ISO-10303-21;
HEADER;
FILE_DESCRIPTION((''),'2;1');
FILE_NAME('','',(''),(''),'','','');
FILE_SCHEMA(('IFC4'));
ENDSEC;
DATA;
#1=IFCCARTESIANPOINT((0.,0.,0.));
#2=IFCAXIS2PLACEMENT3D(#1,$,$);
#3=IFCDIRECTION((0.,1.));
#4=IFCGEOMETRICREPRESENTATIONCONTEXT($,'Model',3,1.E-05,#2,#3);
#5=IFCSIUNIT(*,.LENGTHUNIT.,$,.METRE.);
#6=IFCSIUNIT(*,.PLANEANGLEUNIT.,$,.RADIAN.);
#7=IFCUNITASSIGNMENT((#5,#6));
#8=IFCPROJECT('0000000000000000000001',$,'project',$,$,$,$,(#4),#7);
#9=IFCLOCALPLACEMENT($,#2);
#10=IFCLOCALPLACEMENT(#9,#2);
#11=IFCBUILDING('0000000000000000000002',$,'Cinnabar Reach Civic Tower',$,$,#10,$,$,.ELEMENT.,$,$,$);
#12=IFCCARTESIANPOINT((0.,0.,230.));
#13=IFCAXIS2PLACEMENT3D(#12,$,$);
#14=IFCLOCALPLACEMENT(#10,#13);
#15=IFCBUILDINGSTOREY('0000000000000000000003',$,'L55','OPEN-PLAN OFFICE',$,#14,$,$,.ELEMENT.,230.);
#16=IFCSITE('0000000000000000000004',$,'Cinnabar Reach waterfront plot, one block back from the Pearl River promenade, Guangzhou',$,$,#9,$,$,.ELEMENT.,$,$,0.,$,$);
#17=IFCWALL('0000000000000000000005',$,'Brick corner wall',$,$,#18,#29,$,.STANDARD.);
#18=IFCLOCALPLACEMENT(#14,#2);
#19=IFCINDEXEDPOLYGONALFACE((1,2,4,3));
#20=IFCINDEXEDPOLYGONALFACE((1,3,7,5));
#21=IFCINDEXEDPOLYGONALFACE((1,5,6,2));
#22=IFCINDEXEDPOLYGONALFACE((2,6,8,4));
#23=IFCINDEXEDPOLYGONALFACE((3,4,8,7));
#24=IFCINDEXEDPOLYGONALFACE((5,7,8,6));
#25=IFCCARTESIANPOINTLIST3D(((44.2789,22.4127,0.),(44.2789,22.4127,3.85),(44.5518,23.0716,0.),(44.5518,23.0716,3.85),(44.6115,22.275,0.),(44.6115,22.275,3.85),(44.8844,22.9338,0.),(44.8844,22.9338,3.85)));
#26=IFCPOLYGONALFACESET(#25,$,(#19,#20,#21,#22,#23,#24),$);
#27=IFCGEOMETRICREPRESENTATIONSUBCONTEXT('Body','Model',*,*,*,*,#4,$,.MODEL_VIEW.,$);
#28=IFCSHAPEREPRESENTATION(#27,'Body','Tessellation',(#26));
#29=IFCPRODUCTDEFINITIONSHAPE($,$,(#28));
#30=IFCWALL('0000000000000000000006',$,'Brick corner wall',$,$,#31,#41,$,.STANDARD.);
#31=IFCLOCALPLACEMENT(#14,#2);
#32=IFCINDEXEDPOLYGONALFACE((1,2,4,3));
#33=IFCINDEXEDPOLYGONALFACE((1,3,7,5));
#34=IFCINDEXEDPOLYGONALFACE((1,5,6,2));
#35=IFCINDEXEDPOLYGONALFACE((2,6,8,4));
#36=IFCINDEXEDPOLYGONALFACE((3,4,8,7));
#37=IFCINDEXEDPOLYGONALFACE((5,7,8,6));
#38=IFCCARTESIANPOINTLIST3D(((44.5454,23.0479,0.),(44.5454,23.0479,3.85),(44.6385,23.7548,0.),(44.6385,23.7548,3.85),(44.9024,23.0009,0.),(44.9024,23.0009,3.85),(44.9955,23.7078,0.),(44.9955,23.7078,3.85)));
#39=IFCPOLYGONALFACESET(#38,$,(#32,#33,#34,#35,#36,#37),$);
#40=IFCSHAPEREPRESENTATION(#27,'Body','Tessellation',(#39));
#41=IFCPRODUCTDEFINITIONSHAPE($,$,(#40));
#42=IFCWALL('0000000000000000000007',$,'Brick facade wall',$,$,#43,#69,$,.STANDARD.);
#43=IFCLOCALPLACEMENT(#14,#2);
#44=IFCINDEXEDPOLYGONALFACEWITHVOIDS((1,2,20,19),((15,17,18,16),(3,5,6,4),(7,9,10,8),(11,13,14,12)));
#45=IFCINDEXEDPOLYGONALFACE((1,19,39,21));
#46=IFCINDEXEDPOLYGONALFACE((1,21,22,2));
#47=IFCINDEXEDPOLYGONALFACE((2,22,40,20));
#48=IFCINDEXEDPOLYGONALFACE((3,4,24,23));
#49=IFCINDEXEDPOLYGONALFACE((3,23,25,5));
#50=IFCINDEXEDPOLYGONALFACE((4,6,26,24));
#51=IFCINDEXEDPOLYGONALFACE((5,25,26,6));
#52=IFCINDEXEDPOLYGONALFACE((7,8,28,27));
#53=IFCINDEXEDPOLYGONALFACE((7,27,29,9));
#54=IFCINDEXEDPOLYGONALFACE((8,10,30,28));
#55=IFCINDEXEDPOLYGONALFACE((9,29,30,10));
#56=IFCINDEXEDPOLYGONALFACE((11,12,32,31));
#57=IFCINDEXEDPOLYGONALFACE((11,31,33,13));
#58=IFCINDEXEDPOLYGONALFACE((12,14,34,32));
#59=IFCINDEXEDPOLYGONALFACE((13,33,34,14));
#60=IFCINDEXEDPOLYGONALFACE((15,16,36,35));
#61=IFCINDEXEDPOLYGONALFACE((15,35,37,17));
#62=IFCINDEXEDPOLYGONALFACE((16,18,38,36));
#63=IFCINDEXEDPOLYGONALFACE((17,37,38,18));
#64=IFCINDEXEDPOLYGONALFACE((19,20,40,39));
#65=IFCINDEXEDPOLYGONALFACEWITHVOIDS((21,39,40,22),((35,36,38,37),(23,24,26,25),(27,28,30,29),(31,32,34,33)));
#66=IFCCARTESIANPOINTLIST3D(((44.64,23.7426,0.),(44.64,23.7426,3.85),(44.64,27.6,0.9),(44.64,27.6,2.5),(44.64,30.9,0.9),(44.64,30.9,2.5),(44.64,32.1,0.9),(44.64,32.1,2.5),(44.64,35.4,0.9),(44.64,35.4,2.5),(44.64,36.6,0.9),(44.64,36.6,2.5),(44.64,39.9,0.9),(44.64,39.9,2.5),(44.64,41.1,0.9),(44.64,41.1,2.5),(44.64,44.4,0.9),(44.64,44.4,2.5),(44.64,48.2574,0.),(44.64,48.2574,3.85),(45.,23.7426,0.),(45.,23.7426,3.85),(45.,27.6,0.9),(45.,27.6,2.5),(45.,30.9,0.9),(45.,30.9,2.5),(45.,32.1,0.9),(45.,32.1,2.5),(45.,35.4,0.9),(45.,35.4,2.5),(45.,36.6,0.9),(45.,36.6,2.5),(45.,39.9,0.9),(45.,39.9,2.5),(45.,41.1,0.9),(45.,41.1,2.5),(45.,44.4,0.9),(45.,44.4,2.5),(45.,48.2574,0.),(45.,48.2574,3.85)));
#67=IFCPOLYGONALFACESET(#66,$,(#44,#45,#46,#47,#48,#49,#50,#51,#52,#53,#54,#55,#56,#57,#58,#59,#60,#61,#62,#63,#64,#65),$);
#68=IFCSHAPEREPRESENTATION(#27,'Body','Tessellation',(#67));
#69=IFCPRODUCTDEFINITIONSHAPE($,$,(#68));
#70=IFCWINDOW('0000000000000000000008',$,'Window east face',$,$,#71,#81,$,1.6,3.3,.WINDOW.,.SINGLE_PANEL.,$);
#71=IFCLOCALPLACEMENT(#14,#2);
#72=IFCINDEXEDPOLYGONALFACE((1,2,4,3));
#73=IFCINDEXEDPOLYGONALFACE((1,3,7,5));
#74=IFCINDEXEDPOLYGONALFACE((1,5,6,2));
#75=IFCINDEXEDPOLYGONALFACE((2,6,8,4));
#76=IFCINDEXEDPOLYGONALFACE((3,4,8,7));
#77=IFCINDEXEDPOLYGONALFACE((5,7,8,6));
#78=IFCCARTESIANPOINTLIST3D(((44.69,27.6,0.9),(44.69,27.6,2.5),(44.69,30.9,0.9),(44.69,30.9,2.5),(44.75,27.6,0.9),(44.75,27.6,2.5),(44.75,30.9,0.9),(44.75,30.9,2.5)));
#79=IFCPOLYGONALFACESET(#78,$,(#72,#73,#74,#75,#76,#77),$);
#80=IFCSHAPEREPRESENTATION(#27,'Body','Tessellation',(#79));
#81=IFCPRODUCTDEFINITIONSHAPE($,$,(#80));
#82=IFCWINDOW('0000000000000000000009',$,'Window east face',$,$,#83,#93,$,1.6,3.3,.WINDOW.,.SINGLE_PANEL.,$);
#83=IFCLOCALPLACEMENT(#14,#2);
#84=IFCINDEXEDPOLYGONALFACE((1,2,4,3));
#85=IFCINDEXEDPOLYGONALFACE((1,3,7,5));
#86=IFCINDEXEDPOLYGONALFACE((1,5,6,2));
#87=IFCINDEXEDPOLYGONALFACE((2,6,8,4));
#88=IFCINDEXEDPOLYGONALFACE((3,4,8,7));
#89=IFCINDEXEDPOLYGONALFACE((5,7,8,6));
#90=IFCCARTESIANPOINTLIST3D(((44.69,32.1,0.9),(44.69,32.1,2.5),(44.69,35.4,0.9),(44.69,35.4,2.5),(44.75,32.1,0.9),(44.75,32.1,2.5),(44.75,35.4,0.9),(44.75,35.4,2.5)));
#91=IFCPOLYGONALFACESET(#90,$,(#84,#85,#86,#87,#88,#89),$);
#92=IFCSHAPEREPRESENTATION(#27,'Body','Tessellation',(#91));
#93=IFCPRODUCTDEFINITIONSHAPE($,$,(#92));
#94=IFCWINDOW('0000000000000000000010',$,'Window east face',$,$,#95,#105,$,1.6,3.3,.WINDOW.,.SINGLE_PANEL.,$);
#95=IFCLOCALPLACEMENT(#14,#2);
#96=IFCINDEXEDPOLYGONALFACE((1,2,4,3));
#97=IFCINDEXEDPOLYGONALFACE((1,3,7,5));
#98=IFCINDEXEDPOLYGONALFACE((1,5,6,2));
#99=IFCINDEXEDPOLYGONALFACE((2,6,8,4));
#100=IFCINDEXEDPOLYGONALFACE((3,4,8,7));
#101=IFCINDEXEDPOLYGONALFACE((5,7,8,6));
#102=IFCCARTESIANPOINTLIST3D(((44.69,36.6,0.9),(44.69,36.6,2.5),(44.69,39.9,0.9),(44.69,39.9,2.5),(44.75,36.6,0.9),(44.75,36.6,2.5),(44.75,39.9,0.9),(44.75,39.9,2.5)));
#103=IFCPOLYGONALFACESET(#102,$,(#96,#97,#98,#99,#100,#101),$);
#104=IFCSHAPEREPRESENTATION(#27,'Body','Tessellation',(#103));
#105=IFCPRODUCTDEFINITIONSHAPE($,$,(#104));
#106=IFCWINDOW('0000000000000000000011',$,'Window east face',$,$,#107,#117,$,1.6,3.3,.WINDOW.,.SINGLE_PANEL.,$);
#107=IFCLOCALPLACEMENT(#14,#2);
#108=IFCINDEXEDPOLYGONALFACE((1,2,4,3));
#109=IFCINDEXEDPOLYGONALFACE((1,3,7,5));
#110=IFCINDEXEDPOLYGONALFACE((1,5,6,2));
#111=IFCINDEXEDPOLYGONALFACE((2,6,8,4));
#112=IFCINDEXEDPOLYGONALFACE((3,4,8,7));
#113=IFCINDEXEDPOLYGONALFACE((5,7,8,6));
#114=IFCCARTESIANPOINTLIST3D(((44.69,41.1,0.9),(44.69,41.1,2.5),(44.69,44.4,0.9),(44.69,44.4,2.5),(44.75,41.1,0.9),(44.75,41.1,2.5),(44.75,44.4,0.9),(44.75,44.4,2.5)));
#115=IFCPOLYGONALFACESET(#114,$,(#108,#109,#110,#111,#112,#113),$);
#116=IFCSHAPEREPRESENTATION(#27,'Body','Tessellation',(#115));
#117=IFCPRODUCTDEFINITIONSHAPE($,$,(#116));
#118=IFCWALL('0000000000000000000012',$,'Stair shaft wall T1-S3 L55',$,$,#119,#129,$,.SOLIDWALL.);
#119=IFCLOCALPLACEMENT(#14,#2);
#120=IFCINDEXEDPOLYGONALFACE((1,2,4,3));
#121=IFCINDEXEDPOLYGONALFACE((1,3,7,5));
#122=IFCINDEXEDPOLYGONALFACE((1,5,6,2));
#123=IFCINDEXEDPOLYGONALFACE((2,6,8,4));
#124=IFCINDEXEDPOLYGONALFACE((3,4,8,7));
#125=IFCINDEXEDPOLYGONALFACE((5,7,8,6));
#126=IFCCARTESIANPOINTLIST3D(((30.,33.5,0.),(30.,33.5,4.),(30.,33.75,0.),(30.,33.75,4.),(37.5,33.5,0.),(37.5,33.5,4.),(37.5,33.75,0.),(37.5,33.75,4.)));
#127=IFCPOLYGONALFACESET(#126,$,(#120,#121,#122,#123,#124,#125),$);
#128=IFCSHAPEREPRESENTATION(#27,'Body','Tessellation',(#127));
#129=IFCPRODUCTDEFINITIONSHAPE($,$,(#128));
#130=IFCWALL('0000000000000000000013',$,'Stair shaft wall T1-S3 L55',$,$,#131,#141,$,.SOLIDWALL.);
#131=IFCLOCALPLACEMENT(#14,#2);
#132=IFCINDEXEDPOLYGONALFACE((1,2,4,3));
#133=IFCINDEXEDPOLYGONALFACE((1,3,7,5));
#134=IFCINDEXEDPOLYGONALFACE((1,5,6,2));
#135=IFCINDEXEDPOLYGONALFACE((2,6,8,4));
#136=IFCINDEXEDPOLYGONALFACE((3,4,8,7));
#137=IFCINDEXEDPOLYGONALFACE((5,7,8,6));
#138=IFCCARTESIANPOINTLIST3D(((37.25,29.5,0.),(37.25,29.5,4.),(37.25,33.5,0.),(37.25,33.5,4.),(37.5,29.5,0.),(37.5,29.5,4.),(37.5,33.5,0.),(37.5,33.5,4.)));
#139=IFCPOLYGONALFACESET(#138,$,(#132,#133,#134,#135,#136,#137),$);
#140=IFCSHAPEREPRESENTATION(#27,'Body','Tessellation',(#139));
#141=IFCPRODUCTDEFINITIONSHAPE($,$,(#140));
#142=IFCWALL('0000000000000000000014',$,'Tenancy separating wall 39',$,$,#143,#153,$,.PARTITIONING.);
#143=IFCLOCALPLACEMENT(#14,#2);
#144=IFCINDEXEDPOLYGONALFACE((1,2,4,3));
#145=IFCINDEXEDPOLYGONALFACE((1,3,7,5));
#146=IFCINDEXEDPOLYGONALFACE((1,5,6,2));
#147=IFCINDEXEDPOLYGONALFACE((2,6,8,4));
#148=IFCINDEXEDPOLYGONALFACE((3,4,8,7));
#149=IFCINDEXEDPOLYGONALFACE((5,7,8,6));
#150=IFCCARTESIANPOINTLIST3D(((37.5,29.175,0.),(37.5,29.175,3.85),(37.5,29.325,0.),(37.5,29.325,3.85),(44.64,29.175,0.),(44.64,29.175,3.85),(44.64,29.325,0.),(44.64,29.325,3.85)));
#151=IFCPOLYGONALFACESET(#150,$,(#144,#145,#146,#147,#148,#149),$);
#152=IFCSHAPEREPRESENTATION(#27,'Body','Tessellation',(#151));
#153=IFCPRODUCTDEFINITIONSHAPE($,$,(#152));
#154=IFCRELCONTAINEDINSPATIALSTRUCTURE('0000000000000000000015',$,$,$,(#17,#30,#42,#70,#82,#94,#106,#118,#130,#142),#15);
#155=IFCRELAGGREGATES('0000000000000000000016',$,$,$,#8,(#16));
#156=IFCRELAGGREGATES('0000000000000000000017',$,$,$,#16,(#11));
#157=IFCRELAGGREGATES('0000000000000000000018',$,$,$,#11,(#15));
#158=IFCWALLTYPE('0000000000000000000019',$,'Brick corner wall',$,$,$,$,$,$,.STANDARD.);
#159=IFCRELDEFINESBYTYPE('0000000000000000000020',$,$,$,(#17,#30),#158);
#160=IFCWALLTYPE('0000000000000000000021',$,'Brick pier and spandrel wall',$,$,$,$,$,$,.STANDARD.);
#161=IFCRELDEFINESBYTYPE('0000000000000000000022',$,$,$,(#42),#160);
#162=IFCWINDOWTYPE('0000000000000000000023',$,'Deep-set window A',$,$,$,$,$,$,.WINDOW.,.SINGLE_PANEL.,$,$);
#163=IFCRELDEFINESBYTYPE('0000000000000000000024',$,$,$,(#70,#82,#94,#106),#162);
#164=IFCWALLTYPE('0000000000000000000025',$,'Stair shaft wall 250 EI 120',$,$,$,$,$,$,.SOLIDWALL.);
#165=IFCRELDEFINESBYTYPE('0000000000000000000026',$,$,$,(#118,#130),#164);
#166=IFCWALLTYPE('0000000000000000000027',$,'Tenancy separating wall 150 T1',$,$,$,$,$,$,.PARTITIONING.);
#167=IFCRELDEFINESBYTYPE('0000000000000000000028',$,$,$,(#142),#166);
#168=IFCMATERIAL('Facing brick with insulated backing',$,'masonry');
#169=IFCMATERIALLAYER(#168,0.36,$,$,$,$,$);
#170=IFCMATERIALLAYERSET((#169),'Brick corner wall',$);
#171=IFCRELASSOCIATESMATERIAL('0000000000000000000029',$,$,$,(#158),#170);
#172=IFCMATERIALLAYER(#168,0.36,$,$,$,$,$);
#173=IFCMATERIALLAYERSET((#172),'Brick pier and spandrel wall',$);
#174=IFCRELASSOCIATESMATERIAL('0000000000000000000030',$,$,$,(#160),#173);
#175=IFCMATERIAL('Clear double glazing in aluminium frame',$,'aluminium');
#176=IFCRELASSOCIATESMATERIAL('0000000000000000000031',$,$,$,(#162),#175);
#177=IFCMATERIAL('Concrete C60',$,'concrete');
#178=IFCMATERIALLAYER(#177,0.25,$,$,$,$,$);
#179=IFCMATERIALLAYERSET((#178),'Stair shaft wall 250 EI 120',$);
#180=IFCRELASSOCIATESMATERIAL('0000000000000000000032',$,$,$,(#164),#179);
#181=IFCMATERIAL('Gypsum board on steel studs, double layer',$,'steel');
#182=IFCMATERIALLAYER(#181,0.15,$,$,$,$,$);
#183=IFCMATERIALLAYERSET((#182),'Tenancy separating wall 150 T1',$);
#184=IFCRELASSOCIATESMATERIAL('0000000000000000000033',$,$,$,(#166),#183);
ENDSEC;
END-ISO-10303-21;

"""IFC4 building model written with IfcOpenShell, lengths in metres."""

from ifc_helpers import new_model, si_unit, direction, frame, frame_2d, origin, place, context, subcontext, project, spatial, rectangle, extrude, material, layer, layer_set, type_object, element, fill, save


model = new_model("IFC4")

# Units and contexts
model_context = context("Model", 3, precision=1e-05, world=origin(), true_north=direction((0.0, 1.0)))
body_context = subcontext(model_context, "Body", "Model", "MODEL_VIEW")
ifc_project = project(units=[si_unit("LENGTHUNIT", "METRE"), si_unit("PLANEANGLEUNIT", "RADIAN")], contexts=[model_context])

# Site, building, storey
site_placement = place(None, origin())
site = spatial("IfcSite", under=ifc_project, at=site_placement, Name="Cinnabar Reach waterfront plot, one block back from the Pearl River promenade, Guangzhou", CompositionType="ELEMENT", RefElevation=0.0)
building_placement = place(site_placement, origin())
building = spatial("IfcBuilding", under=site, at=building_placement, Name="Cinnabar Reach Civic Tower", CompositionType="ELEMENT")
storey_placement = place(building_placement, frame((0.0, 0.0, 230.0)))
storey = spatial("IfcBuildingStorey", under=building, at=storey_placement, Name="L55", Description="OPEN-PLAN OFFICE", CompositionType="ELEMENT", Elevation=230.0)

# Shared definitions
ifc_material_1 = material(Name="Concrete C60", Category="concrete")

# Walls
ifc_material_2 = material(Name="Facing brick with insulated backing", Category="masonry")
ifc_layer_1 = layer(ifc_material_2, 0.36)
ifc_layer_set_1 = layer_set([ifc_layer_1], Name="Brick corner wall")
wall_type_1 = type_object("IfcWallType", Name="Brick corner wall", PredefinedType="STANDARD", material=ifc_layer_set_1)
for number, where, z_axis, x_axis, name in (
    (1, (44.4452, 22.3439, 0.0), (0.0, 0.0, 1.0), (0.382703, 0.923872, 0.0), "Brick corner wall"),
    (2, (44.7239, 23.0244, 0.0), (0.0, 0.0, 1.0), (0.130556, 0.991441, 0.0), "Brick corner wall"),
):
    element("IfcWall", number, at=place(storey_placement, frame(where, z_axis=z_axis, x_axis=x_axis)), inside=storey, type_object=wall_type_1, Name=name, PredefinedType="STANDARD", context=body_context, shape_type="SweptSolid", body=[
        extrude(rectangle(XDim=0.7131, YDim=0.36, at=frame_2d((0.3565, 0.0))), origin(), (0.0, 0.0, 1.0), 3.85),
    ])

# Wall, openings, windows
ifc_layer_2 = layer(ifc_material_2, 0.36)
ifc_layer_set_2 = layer_set([ifc_layer_2], Name="Brick pier and spandrel wall")
wall_type_2 = type_object("IfcWallType", Name="Brick pier and spandrel wall", PredefinedType="STANDARD", material=ifc_layer_set_2)
wall_1_placement = place(storey_placement, frame((44.82, 23.7426, 0.0), z_axis=(0.0, 0.0, 1.0), x_axis=(0.0, 1.0, 0.0)))
wall_1 = element("IfcWall", 3, at=wall_1_placement, inside=storey, type_object=wall_type_2, Name="Brick facade wall", PredefinedType="STANDARD", context=body_context, shape_type="SweptSolid", body=[
    extrude(rectangle(XDim=24.5148, YDim=0.36, at=frame_2d((12.2574, 0.0))), origin(), (0.0, 0.0, 1.0), 3.85),
])
opening_1_placement = place(wall_1_placement, frame((3.8574, 0.0, 0.9)))
opening_1 = element("IfcOpeningElement", 4, at=opening_1_placement, cuts=wall_1, PredefinedType="OPENING", context=body_context, shape_type="SweptSolid", body=[
    extrude(rectangle(XDim=3.3, YDim=1.6, at=frame_2d((1.65, 0.8))), frame((0.0, 0.19, 0.0), z_axis=(0.0, -1.0, 0.0), x_axis=(1.0, 0.0, 0.0)), (0.0, 0.0, 1.0), 0.38),
])
opening_2_placement = place(wall_1_placement, frame((8.3574, 0.0, 0.9)))
opening_2 = element("IfcOpeningElement", 5, at=opening_2_placement, cuts=wall_1, PredefinedType="OPENING", context=body_context, shape_type="SweptSolid", body=[
    extrude(rectangle(XDim=3.3, YDim=1.6, at=frame_2d((1.65, 0.8))), frame((0.0, 0.19, 0.0), z_axis=(0.0, -1.0, 0.0), x_axis=(1.0, 0.0, 0.0)), (0.0, 0.0, 1.0), 0.38),
])
opening_3_placement = place(wall_1_placement, frame((12.8574, 0.0, 0.9)))
opening_3 = element("IfcOpeningElement", 6, at=opening_3_placement, cuts=wall_1, PredefinedType="OPENING", context=body_context, shape_type="SweptSolid", body=[
    extrude(rectangle(XDim=3.3, YDim=1.6, at=frame_2d((1.65, 0.8))), frame((0.0, 0.19, 0.0), z_axis=(0.0, -1.0, 0.0), x_axis=(1.0, 0.0, 0.0)), (0.0, 0.0, 1.0), 0.38),
])
opening_4_placement = place(wall_1_placement, frame((17.3574, 0.0, 0.9)))
opening_4 = element("IfcOpeningElement", 7, at=opening_4_placement, cuts=wall_1, PredefinedType="OPENING", context=body_context, shape_type="SweptSolid", body=[
    extrude(rectangle(XDim=3.3, YDim=1.6, at=frame_2d((1.65, 0.8))), frame((0.0, 0.19, 0.0), z_axis=(0.0, -1.0, 0.0), x_axis=(1.0, 0.0, 0.0)), (0.0, 0.0, 1.0), 0.38),
])
ifc_material_3 = material(Name="Clear double glazing in aluminium frame", Category="aluminium")
window_type = type_object("IfcWindowType", Name="Deep-set window A", PartitioningType="SINGLE_PANEL", PredefinedType="WINDOW", material=ifc_material_3)
window_1_placement = place(opening_1_placement, origin())
window_1 = element("IfcWindow", 8, at=window_1_placement, inside=storey, type_object=window_type, Name="Window east face", OverallHeight=1.6, OverallWidth=3.3, PartitioningType="SINGLE_PANEL", PredefinedType="WINDOW", context=body_context, shape_type="SweptSolid", body=[
    extrude(rectangle(XDim=3.3, YDim=1.6, at=frame_2d((1.65, 0.8))), frame((0.0, 0.13, 0.0), z_axis=(0.0, -1.0, 0.0), x_axis=(1.0, 0.0, 0.0)), (0.0, 0.0, 1.0), 0.06),
])
fill(opening_1, window_1)
window_2_placement = place(opening_2_placement, origin())
window_2 = element("IfcWindow", 9, at=window_2_placement, inside=storey, type_object=window_type, Name="Window east face", OverallHeight=1.6, OverallWidth=3.3, PartitioningType="SINGLE_PANEL", PredefinedType="WINDOW", context=body_context, shape_type="SweptSolid", body=[
    extrude(rectangle(XDim=3.3, YDim=1.6, at=frame_2d((1.65, 0.8))), frame((0.0, 0.13, 0.0), z_axis=(0.0, -1.0, 0.0), x_axis=(1.0, 0.0, 0.0)), (0.0, 0.0, 1.0), 0.06),
])
fill(opening_2, window_2)
window_3_placement = place(opening_3_placement, origin())
window_3 = element("IfcWindow", 10, at=window_3_placement, inside=storey, type_object=window_type, Name="Window east face", OverallHeight=1.6, OverallWidth=3.3, PartitioningType="SINGLE_PANEL", PredefinedType="WINDOW", context=body_context, shape_type="SweptSolid", body=[
    extrude(rectangle(XDim=3.3, YDim=1.6, at=frame_2d((1.65, 0.8))), frame((0.0, 0.13, 0.0), z_axis=(0.0, -1.0, 0.0), x_axis=(1.0, 0.0, 0.0)), (0.0, 0.0, 1.0), 0.06),
])
fill(opening_3, window_3)
window_4_placement = place(opening_4_placement, origin())
window_4 = element("IfcWindow", 11, at=window_4_placement, inside=storey, type_object=window_type, Name="Window east face", OverallHeight=1.6, OverallWidth=3.3, PartitioningType="SINGLE_PANEL", PredefinedType="WINDOW", context=body_context, shape_type="SweptSolid", body=[
    extrude(rectangle(XDim=3.3, YDim=1.6, at=frame_2d((1.65, 0.8))), frame((0.0, 0.13, 0.0), z_axis=(0.0, -1.0, 0.0), x_axis=(1.0, 0.0, 0.0)), (0.0, 0.0, 1.0), 0.06),
])
fill(opening_4, window_4)

# Walls
ifc_layer_3 = layer(ifc_material_1, 0.25)
ifc_layer_set_3 = layer_set([ifc_layer_3], Name="Stair shaft wall 250 EI 120")
wall_type_3 = type_object("IfcWallType", Name="Stair shaft wall 250 EI 120", PredefinedType="SOLIDWALL", material=ifc_layer_set_3)
wall_2_placement = place(storey_placement, frame((37.5, 33.625, 0.0), z_axis=(0.0, 0.0, 1.0), x_axis=(-1.0, 0.0, 0.0)))
element("IfcWall", 12, at=wall_2_placement, inside=storey, type_object=wall_type_3, Name="Stair shaft wall T1-S3 L55", PredefinedType="SOLIDWALL", context=body_context, shape_type="SweptSolid", body=[
    extrude(rectangle(XDim=7.5, YDim=0.25, at=frame_2d((3.75, 0.0))), origin(), (0.0, 0.0, 1.0), 4.0),
])
wall_3_placement = place(storey_placement, frame((37.375, 29.5, 0.0), z_axis=(0.0, 0.0, 1.0), x_axis=(0.0, 1.0, 0.0)))
element("IfcWall", 13, at=wall_3_placement, inside=storey, type_object=wall_type_3, Name="Stair shaft wall T1-S3 L55", PredefinedType="SOLIDWALL", context=body_context, shape_type="SweptSolid", body=[
    extrude(rectangle(XDim=4.0, YDim=0.25, at=frame_2d((2.0, 0.0))), origin(), (0.0, 0.0, 1.0), 4.0),
])
ifc_material_4 = material(Name="Gypsum board on steel studs, double layer", Category="steel")
ifc_layer_4 = layer(ifc_material_4, 0.15)
ifc_layer_set_4 = layer_set([ifc_layer_4], Name="Tenancy separating wall 150 T1")
wall_type_4 = type_object("IfcWallType", Name="Tenancy separating wall 150 T1", PredefinedType="PARTITIONING", material=ifc_layer_set_4)
wall_4_placement = place(storey_placement, frame((37.5, 29.25, 0.0), z_axis=(0.0, 0.0, 1.0), x_axis=(1.0, 0.0, 0.0)))
element("IfcWall", 14, at=wall_4_placement, inside=storey, type_object=wall_type_4, Name="Tenancy separating wall 39", PredefinedType="PARTITIONING", context=body_context, shape_type="SweptSolid", body=[
    extrude(rectangle(XDim=7.14, YDim=0.15, at=frame_2d((3.57, 0.0))), origin(), (0.0, 0.0, 1.0), 3.85),
])

save(model, "model.ifc")
